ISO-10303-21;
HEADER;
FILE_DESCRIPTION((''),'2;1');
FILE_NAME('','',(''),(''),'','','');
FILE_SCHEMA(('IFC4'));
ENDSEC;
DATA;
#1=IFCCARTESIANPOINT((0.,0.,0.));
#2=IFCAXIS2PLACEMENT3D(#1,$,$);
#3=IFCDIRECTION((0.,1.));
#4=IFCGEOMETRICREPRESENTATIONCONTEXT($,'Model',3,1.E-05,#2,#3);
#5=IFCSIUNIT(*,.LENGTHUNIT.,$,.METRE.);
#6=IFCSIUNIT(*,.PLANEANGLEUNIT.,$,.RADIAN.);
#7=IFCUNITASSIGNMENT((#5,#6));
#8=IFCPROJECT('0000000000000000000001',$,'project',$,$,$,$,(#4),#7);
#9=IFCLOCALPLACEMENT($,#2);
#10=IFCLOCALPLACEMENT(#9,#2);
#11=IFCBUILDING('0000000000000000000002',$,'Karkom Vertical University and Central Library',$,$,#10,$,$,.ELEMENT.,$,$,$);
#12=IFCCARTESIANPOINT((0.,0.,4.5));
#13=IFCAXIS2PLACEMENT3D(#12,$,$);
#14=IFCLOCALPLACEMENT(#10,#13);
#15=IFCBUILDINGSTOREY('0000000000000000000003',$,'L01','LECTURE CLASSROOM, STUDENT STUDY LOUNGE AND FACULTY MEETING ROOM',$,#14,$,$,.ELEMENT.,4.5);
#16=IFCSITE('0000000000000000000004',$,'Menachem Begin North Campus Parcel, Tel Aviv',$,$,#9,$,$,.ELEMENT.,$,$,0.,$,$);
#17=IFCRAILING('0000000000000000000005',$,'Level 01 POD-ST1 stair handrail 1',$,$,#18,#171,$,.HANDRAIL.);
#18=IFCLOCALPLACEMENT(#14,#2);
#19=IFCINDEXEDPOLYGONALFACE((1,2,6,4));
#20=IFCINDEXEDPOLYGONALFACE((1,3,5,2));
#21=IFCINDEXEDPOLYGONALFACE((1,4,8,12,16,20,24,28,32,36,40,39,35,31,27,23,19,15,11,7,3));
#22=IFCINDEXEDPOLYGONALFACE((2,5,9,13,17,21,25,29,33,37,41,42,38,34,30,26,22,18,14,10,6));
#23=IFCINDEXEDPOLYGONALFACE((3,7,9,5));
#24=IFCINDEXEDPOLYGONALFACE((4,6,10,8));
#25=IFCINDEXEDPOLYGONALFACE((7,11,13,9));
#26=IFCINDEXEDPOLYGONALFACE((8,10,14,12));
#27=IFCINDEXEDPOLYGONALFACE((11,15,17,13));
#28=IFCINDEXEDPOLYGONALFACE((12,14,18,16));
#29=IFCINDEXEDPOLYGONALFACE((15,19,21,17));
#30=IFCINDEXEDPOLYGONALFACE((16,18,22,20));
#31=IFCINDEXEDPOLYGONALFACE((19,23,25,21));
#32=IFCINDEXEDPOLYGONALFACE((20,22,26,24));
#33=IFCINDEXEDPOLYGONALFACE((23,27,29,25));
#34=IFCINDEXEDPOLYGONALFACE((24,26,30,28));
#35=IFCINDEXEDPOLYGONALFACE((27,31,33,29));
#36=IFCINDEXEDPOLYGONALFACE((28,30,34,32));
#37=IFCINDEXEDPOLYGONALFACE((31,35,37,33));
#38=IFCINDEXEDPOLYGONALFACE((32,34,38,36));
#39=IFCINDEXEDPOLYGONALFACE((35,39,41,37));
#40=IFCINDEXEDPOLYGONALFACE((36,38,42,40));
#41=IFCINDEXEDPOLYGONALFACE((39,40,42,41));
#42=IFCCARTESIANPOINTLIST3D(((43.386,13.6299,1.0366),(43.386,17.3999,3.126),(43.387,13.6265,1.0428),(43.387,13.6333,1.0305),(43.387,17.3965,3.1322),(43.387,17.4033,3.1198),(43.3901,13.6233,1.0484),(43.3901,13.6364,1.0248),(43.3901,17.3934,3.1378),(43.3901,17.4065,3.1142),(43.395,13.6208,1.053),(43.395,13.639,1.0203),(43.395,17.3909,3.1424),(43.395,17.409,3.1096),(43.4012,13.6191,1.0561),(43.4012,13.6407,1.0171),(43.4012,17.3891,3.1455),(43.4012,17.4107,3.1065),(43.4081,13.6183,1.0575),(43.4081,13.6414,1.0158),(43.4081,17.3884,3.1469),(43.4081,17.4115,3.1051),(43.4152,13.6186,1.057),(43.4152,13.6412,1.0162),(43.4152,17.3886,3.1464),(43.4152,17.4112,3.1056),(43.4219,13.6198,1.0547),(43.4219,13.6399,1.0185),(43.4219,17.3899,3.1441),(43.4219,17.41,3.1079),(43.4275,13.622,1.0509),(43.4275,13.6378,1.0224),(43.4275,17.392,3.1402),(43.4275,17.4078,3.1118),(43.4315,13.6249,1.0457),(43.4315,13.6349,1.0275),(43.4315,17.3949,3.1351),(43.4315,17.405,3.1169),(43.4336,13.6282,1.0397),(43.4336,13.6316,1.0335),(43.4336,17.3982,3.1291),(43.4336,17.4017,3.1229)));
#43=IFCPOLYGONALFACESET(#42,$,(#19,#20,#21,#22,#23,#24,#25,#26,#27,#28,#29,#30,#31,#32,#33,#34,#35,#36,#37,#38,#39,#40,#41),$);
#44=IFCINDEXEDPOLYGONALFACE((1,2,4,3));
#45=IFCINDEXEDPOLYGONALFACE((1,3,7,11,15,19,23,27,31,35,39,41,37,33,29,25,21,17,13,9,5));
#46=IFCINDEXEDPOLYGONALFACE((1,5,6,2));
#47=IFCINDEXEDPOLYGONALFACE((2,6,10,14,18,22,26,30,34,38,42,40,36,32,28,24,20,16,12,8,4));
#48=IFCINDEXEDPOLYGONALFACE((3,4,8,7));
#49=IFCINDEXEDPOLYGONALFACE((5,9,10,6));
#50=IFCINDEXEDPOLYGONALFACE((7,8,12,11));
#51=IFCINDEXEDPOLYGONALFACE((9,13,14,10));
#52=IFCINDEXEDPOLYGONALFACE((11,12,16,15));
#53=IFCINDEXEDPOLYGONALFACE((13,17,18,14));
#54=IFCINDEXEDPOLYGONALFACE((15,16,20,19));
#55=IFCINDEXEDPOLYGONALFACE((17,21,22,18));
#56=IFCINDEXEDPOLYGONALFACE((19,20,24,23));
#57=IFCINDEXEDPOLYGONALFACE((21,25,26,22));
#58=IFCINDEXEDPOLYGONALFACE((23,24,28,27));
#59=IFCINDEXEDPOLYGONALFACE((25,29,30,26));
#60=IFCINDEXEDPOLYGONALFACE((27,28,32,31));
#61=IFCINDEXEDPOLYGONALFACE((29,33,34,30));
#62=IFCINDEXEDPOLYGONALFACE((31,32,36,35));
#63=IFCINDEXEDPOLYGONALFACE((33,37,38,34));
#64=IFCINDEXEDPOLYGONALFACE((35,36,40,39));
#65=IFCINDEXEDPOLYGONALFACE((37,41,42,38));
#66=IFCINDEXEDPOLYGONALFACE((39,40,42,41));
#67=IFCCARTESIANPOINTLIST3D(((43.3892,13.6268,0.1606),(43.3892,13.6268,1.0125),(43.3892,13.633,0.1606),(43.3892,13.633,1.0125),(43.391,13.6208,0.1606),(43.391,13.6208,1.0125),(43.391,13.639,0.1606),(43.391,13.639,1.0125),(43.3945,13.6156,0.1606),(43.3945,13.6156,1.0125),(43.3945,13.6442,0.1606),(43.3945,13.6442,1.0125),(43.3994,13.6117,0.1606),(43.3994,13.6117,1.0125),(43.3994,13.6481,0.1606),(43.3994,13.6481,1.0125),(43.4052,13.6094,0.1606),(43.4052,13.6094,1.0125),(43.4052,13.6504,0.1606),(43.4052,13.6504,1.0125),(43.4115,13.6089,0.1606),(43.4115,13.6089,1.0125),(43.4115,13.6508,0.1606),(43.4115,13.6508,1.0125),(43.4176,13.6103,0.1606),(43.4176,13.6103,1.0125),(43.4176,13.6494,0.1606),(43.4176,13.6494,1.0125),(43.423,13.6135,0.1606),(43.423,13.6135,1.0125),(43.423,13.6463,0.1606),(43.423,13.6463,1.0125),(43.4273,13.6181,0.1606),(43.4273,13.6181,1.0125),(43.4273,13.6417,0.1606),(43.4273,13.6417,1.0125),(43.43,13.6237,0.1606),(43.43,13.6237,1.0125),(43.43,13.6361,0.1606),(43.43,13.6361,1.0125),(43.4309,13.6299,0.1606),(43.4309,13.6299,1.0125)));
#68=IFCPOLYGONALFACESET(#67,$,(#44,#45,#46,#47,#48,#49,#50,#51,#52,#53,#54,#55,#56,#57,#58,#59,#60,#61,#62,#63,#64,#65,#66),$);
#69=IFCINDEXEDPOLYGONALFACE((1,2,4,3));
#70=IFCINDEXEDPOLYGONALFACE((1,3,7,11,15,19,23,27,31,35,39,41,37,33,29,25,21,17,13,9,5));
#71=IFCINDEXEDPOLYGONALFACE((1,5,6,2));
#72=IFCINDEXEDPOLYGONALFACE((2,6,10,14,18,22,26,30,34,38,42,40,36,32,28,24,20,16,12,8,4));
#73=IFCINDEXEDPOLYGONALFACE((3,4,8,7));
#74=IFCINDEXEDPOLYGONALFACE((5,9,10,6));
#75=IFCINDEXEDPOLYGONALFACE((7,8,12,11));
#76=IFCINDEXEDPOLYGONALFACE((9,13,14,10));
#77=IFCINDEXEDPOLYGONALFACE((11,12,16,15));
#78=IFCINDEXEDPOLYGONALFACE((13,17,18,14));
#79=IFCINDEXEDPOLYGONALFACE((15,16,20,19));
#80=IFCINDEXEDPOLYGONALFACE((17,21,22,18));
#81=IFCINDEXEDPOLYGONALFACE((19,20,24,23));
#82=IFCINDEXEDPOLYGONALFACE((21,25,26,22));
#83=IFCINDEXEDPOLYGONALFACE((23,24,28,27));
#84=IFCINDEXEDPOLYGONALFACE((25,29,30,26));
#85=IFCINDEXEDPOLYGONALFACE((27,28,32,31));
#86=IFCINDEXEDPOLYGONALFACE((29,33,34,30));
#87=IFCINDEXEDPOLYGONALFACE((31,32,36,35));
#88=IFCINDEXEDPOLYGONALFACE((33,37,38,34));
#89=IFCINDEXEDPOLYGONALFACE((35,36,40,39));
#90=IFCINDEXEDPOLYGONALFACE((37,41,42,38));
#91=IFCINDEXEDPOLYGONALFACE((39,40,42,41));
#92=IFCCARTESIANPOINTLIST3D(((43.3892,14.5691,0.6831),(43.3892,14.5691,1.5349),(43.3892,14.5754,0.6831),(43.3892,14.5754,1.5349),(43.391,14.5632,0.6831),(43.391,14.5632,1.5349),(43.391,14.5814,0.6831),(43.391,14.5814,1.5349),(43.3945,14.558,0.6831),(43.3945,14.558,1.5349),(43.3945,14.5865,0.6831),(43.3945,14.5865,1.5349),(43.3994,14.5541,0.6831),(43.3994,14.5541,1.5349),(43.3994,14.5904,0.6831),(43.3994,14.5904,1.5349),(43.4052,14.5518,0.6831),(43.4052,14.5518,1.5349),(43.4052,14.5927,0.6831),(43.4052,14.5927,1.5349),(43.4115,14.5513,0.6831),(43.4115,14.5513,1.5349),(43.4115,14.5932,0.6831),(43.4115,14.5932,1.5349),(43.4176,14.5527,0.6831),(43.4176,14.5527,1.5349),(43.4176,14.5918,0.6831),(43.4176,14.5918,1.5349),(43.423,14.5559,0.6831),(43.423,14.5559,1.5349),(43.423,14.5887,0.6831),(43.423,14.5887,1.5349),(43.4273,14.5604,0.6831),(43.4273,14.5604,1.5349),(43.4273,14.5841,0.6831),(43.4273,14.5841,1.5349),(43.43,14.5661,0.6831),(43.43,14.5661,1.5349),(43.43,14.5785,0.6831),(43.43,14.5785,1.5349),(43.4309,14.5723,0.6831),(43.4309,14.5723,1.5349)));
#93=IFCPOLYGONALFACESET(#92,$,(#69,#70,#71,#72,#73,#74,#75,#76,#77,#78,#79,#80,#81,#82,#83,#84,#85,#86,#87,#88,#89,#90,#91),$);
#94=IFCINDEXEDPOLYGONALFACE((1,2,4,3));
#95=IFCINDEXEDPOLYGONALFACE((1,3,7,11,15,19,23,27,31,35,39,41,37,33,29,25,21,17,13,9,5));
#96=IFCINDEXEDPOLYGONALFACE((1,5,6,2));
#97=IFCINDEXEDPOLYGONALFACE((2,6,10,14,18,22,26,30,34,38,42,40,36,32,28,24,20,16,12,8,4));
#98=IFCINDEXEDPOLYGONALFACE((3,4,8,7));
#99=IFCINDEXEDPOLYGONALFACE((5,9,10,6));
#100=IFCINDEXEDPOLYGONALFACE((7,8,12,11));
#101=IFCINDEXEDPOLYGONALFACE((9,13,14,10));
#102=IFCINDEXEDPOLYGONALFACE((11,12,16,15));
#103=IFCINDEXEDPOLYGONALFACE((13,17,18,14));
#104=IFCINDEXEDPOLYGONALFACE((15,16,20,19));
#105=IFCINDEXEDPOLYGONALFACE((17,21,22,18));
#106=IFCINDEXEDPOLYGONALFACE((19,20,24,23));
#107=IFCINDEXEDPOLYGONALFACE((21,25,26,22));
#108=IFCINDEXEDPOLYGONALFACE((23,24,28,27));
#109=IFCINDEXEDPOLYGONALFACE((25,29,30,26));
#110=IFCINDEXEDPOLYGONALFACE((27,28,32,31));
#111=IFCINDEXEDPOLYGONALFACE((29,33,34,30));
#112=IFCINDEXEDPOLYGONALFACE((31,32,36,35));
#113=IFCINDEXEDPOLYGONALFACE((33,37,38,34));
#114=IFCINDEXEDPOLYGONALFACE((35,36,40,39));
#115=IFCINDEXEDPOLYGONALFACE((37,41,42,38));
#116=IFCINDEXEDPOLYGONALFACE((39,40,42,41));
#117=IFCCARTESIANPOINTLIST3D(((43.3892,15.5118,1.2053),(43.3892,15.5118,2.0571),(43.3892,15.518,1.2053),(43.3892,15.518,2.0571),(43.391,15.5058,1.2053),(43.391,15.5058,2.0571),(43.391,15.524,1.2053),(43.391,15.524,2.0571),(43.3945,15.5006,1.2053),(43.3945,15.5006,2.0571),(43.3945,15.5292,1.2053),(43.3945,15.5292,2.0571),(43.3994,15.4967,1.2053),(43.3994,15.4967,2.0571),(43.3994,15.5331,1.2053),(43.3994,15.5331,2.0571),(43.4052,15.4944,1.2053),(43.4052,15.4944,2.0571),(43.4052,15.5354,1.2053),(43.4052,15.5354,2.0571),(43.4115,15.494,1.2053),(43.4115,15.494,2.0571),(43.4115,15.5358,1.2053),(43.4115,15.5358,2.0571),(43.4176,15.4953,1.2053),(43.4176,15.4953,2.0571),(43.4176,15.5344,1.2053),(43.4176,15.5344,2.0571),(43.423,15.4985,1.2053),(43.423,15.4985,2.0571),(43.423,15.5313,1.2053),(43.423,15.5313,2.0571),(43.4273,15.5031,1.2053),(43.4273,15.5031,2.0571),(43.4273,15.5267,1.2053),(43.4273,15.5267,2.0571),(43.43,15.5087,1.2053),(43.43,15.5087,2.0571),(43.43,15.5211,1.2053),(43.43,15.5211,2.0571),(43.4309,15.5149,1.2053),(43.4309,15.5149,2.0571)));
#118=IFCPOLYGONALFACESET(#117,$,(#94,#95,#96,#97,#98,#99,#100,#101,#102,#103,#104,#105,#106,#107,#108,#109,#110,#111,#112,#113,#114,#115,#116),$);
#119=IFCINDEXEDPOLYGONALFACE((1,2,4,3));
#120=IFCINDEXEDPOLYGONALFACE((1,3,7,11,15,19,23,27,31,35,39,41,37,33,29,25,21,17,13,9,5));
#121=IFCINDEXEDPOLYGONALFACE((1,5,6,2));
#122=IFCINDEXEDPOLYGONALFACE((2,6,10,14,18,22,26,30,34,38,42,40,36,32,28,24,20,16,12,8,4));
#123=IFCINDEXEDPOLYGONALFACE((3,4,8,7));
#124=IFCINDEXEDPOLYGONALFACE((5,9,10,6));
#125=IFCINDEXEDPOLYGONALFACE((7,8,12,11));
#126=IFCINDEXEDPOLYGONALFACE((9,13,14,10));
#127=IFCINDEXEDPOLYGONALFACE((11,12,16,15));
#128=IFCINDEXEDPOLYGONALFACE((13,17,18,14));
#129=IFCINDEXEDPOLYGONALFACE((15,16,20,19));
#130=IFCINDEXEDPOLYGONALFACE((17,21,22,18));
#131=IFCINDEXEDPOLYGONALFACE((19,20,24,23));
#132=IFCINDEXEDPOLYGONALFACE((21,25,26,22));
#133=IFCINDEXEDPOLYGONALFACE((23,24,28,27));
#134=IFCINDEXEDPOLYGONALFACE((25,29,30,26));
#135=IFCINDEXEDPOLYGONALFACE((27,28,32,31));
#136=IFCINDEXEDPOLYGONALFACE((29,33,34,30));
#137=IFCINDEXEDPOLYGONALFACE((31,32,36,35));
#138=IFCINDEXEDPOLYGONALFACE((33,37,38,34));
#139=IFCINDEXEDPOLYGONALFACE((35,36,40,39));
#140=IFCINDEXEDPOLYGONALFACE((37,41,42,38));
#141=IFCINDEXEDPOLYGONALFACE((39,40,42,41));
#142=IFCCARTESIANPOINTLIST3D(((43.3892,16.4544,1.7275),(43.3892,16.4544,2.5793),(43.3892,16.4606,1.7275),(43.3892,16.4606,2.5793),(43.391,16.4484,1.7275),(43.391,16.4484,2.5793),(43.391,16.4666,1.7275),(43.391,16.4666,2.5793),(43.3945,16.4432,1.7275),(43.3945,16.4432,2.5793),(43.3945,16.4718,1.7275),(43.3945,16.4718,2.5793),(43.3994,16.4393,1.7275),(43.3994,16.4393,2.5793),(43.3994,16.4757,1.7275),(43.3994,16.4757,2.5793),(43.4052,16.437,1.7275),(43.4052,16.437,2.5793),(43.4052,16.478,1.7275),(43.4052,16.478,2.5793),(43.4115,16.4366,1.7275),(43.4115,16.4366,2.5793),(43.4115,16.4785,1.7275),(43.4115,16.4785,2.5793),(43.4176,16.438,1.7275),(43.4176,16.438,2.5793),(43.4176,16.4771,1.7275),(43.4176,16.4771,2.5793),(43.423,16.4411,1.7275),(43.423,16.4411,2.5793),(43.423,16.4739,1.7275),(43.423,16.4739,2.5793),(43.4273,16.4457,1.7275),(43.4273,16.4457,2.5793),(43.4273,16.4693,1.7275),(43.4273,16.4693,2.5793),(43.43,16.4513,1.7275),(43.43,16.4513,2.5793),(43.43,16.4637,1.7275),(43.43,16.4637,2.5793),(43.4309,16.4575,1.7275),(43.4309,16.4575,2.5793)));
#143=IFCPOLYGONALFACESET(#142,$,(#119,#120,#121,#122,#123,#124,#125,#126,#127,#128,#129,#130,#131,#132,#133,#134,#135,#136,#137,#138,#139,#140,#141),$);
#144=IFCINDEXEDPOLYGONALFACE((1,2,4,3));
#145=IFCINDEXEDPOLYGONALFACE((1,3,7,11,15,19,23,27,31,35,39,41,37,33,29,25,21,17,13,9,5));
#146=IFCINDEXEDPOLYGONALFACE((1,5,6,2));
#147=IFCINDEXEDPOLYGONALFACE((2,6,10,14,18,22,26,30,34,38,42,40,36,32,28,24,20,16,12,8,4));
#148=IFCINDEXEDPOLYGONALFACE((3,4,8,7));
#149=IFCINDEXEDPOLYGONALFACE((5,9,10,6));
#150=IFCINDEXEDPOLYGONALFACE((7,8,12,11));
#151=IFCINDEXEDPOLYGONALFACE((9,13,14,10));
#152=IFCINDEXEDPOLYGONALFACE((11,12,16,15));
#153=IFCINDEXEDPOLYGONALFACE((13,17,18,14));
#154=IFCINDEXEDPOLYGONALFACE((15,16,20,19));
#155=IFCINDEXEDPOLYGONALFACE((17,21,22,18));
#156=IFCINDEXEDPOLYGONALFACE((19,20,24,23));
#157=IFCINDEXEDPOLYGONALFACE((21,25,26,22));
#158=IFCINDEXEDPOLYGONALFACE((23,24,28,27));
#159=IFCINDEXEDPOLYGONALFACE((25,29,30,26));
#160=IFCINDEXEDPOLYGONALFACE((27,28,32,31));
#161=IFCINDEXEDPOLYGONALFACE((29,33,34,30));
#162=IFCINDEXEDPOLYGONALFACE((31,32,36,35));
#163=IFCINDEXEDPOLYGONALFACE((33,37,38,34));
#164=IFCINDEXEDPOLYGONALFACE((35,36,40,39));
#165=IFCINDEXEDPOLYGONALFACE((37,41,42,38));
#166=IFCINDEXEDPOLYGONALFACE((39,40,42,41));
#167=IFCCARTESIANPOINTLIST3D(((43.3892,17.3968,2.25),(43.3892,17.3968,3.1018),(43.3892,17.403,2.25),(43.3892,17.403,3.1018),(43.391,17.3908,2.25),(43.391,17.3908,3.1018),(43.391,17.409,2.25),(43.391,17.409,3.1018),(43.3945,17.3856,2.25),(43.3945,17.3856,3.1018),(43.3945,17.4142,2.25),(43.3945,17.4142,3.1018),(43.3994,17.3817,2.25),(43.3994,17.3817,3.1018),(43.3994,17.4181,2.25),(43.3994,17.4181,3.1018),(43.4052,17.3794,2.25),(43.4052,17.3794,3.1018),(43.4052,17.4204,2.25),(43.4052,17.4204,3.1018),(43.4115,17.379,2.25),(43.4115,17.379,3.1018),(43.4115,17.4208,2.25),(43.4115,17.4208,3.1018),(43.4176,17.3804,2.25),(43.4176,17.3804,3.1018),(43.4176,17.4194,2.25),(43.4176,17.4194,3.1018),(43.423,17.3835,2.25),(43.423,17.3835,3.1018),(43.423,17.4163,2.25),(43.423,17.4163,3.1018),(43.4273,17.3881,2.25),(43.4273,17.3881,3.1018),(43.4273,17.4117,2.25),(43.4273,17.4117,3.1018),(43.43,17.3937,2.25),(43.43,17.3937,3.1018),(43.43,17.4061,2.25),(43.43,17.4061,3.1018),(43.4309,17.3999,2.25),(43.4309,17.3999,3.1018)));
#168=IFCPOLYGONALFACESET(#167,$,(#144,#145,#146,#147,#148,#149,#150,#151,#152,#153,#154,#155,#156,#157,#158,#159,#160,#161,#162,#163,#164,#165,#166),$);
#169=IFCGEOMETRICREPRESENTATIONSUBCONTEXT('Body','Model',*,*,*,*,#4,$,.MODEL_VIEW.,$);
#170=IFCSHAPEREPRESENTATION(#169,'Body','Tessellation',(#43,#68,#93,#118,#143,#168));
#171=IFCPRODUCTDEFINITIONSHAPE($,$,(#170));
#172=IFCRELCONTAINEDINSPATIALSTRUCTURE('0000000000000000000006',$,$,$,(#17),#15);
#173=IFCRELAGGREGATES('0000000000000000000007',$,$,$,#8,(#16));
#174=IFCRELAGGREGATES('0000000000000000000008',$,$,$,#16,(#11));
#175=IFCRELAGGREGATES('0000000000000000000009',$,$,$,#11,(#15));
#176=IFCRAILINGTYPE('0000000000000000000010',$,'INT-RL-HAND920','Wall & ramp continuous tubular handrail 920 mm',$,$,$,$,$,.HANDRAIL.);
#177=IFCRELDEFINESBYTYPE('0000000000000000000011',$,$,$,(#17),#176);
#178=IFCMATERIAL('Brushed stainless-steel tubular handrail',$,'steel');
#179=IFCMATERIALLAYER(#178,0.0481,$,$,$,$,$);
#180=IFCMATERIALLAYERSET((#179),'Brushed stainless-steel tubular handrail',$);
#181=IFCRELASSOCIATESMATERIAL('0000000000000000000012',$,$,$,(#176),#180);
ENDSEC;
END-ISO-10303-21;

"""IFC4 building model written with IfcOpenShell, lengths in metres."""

from ifc_helpers import new_model, si_unit, direction, frame, origin, origin_2d, place, context, subcontext, project, spatial, circle, extrude, material, layer, layer_set, type_object, element, save


model = new_model("IFC4")

# Units and contexts
model_context = context("Model", 3, precision=1e-05, world=origin(), true_north=direction((0.0, 1.0)))
body_context = subcontext(model_context, "Body", "Model", "MODEL_VIEW")
ifc_project = project(units=[si_unit("LENGTHUNIT", "METRE"), si_unit("PLANEANGLEUNIT", "RADIAN")], contexts=[model_context])

# Site, building, storey
site_placement = place(None, origin())
site = spatial("IfcSite", under=ifc_project, at=site_placement, Name="Menachem Begin North Campus Parcel, Tel Aviv", CompositionType="ELEMENT", RefElevation=0.0)
building_placement = place(site_placement, origin())
building = spatial("IfcBuilding", under=site, at=building_placement, Name="Karkom Vertical University and Central Library", CompositionType="ELEMENT")
storey_placement = place(building_placement, frame((0.0, 0.0, 4.5)))
storey = spatial("IfcBuildingStorey", under=building, at=storey_placement, Name="L01", Description="LECTURE CLASSROOM, STUDENT STUDY LOUNGE AND FACULTY MEETING ROOM", CompositionType="ELEMENT", Elevation=4.5)

# Railing
ifc_material_1 = material(Name="Brushed stainless-steel tubular handrail", Category="steel")
ifc_layer_1 = layer(ifc_material_1, 0.0481)
ifc_layer_set_1 = layer_set([ifc_layer_1], Name="Brushed stainless-steel tubular handrail")
railing_type_1 = type_object("IfcRailingType", Name="INT-RL-HAND920", Description="Wall & ramp continuous tubular handrail 920 mm", PredefinedType="HANDRAIL", material=ifc_layer_set_1)
railing_1_placement = place(storey_placement, frame((43.4099, 13.6299, 0.1606)))
element("IfcRailing", 1, at=railing_1_placement, inside=storey, type_object=railing_type_1, Name="Level 01 POD-ST1 stair handrail 1", PredefinedType="HANDRAIL", context=body_context, shape_type="SweptSolid", body=[
    extrude(circle(Radius=0.0239, at=origin_2d()), frame((0.0, 0.0, 0.876), z_axis=(0.0, 0.874659, 0.484739), x_axis=(-1.0, 0.0, 0.0)), (0.0, 0.0, 1.0), 4.3103),
    extrude(circle(Radius=0.021, at=origin_2d()), origin(), (0.0, 0.0, 1.0), 0.8518),
    extrude(circle(Radius=0.021, at=origin_2d()), frame((0.0, 0.9424, 0.5225)), (0.0, 0.0, 1.0), 0.8518),
    extrude(circle(Radius=0.021, at=origin_2d()), frame((0.0, 1.885, 1.0447)), (0.0, 0.0, 1.0), 0.8518),
    extrude(circle(Radius=0.021, at=origin_2d()), frame((0.0, 2.8276, 1.5669)), (0.0, 0.0, 1.0), 0.8518),
    extrude(circle(Radius=0.021, at=origin_2d()), frame((0.0, 3.77, 2.0894)), (0.0, 0.0, 1.0), 0.8518),
])

save(model, "model.ifc")
